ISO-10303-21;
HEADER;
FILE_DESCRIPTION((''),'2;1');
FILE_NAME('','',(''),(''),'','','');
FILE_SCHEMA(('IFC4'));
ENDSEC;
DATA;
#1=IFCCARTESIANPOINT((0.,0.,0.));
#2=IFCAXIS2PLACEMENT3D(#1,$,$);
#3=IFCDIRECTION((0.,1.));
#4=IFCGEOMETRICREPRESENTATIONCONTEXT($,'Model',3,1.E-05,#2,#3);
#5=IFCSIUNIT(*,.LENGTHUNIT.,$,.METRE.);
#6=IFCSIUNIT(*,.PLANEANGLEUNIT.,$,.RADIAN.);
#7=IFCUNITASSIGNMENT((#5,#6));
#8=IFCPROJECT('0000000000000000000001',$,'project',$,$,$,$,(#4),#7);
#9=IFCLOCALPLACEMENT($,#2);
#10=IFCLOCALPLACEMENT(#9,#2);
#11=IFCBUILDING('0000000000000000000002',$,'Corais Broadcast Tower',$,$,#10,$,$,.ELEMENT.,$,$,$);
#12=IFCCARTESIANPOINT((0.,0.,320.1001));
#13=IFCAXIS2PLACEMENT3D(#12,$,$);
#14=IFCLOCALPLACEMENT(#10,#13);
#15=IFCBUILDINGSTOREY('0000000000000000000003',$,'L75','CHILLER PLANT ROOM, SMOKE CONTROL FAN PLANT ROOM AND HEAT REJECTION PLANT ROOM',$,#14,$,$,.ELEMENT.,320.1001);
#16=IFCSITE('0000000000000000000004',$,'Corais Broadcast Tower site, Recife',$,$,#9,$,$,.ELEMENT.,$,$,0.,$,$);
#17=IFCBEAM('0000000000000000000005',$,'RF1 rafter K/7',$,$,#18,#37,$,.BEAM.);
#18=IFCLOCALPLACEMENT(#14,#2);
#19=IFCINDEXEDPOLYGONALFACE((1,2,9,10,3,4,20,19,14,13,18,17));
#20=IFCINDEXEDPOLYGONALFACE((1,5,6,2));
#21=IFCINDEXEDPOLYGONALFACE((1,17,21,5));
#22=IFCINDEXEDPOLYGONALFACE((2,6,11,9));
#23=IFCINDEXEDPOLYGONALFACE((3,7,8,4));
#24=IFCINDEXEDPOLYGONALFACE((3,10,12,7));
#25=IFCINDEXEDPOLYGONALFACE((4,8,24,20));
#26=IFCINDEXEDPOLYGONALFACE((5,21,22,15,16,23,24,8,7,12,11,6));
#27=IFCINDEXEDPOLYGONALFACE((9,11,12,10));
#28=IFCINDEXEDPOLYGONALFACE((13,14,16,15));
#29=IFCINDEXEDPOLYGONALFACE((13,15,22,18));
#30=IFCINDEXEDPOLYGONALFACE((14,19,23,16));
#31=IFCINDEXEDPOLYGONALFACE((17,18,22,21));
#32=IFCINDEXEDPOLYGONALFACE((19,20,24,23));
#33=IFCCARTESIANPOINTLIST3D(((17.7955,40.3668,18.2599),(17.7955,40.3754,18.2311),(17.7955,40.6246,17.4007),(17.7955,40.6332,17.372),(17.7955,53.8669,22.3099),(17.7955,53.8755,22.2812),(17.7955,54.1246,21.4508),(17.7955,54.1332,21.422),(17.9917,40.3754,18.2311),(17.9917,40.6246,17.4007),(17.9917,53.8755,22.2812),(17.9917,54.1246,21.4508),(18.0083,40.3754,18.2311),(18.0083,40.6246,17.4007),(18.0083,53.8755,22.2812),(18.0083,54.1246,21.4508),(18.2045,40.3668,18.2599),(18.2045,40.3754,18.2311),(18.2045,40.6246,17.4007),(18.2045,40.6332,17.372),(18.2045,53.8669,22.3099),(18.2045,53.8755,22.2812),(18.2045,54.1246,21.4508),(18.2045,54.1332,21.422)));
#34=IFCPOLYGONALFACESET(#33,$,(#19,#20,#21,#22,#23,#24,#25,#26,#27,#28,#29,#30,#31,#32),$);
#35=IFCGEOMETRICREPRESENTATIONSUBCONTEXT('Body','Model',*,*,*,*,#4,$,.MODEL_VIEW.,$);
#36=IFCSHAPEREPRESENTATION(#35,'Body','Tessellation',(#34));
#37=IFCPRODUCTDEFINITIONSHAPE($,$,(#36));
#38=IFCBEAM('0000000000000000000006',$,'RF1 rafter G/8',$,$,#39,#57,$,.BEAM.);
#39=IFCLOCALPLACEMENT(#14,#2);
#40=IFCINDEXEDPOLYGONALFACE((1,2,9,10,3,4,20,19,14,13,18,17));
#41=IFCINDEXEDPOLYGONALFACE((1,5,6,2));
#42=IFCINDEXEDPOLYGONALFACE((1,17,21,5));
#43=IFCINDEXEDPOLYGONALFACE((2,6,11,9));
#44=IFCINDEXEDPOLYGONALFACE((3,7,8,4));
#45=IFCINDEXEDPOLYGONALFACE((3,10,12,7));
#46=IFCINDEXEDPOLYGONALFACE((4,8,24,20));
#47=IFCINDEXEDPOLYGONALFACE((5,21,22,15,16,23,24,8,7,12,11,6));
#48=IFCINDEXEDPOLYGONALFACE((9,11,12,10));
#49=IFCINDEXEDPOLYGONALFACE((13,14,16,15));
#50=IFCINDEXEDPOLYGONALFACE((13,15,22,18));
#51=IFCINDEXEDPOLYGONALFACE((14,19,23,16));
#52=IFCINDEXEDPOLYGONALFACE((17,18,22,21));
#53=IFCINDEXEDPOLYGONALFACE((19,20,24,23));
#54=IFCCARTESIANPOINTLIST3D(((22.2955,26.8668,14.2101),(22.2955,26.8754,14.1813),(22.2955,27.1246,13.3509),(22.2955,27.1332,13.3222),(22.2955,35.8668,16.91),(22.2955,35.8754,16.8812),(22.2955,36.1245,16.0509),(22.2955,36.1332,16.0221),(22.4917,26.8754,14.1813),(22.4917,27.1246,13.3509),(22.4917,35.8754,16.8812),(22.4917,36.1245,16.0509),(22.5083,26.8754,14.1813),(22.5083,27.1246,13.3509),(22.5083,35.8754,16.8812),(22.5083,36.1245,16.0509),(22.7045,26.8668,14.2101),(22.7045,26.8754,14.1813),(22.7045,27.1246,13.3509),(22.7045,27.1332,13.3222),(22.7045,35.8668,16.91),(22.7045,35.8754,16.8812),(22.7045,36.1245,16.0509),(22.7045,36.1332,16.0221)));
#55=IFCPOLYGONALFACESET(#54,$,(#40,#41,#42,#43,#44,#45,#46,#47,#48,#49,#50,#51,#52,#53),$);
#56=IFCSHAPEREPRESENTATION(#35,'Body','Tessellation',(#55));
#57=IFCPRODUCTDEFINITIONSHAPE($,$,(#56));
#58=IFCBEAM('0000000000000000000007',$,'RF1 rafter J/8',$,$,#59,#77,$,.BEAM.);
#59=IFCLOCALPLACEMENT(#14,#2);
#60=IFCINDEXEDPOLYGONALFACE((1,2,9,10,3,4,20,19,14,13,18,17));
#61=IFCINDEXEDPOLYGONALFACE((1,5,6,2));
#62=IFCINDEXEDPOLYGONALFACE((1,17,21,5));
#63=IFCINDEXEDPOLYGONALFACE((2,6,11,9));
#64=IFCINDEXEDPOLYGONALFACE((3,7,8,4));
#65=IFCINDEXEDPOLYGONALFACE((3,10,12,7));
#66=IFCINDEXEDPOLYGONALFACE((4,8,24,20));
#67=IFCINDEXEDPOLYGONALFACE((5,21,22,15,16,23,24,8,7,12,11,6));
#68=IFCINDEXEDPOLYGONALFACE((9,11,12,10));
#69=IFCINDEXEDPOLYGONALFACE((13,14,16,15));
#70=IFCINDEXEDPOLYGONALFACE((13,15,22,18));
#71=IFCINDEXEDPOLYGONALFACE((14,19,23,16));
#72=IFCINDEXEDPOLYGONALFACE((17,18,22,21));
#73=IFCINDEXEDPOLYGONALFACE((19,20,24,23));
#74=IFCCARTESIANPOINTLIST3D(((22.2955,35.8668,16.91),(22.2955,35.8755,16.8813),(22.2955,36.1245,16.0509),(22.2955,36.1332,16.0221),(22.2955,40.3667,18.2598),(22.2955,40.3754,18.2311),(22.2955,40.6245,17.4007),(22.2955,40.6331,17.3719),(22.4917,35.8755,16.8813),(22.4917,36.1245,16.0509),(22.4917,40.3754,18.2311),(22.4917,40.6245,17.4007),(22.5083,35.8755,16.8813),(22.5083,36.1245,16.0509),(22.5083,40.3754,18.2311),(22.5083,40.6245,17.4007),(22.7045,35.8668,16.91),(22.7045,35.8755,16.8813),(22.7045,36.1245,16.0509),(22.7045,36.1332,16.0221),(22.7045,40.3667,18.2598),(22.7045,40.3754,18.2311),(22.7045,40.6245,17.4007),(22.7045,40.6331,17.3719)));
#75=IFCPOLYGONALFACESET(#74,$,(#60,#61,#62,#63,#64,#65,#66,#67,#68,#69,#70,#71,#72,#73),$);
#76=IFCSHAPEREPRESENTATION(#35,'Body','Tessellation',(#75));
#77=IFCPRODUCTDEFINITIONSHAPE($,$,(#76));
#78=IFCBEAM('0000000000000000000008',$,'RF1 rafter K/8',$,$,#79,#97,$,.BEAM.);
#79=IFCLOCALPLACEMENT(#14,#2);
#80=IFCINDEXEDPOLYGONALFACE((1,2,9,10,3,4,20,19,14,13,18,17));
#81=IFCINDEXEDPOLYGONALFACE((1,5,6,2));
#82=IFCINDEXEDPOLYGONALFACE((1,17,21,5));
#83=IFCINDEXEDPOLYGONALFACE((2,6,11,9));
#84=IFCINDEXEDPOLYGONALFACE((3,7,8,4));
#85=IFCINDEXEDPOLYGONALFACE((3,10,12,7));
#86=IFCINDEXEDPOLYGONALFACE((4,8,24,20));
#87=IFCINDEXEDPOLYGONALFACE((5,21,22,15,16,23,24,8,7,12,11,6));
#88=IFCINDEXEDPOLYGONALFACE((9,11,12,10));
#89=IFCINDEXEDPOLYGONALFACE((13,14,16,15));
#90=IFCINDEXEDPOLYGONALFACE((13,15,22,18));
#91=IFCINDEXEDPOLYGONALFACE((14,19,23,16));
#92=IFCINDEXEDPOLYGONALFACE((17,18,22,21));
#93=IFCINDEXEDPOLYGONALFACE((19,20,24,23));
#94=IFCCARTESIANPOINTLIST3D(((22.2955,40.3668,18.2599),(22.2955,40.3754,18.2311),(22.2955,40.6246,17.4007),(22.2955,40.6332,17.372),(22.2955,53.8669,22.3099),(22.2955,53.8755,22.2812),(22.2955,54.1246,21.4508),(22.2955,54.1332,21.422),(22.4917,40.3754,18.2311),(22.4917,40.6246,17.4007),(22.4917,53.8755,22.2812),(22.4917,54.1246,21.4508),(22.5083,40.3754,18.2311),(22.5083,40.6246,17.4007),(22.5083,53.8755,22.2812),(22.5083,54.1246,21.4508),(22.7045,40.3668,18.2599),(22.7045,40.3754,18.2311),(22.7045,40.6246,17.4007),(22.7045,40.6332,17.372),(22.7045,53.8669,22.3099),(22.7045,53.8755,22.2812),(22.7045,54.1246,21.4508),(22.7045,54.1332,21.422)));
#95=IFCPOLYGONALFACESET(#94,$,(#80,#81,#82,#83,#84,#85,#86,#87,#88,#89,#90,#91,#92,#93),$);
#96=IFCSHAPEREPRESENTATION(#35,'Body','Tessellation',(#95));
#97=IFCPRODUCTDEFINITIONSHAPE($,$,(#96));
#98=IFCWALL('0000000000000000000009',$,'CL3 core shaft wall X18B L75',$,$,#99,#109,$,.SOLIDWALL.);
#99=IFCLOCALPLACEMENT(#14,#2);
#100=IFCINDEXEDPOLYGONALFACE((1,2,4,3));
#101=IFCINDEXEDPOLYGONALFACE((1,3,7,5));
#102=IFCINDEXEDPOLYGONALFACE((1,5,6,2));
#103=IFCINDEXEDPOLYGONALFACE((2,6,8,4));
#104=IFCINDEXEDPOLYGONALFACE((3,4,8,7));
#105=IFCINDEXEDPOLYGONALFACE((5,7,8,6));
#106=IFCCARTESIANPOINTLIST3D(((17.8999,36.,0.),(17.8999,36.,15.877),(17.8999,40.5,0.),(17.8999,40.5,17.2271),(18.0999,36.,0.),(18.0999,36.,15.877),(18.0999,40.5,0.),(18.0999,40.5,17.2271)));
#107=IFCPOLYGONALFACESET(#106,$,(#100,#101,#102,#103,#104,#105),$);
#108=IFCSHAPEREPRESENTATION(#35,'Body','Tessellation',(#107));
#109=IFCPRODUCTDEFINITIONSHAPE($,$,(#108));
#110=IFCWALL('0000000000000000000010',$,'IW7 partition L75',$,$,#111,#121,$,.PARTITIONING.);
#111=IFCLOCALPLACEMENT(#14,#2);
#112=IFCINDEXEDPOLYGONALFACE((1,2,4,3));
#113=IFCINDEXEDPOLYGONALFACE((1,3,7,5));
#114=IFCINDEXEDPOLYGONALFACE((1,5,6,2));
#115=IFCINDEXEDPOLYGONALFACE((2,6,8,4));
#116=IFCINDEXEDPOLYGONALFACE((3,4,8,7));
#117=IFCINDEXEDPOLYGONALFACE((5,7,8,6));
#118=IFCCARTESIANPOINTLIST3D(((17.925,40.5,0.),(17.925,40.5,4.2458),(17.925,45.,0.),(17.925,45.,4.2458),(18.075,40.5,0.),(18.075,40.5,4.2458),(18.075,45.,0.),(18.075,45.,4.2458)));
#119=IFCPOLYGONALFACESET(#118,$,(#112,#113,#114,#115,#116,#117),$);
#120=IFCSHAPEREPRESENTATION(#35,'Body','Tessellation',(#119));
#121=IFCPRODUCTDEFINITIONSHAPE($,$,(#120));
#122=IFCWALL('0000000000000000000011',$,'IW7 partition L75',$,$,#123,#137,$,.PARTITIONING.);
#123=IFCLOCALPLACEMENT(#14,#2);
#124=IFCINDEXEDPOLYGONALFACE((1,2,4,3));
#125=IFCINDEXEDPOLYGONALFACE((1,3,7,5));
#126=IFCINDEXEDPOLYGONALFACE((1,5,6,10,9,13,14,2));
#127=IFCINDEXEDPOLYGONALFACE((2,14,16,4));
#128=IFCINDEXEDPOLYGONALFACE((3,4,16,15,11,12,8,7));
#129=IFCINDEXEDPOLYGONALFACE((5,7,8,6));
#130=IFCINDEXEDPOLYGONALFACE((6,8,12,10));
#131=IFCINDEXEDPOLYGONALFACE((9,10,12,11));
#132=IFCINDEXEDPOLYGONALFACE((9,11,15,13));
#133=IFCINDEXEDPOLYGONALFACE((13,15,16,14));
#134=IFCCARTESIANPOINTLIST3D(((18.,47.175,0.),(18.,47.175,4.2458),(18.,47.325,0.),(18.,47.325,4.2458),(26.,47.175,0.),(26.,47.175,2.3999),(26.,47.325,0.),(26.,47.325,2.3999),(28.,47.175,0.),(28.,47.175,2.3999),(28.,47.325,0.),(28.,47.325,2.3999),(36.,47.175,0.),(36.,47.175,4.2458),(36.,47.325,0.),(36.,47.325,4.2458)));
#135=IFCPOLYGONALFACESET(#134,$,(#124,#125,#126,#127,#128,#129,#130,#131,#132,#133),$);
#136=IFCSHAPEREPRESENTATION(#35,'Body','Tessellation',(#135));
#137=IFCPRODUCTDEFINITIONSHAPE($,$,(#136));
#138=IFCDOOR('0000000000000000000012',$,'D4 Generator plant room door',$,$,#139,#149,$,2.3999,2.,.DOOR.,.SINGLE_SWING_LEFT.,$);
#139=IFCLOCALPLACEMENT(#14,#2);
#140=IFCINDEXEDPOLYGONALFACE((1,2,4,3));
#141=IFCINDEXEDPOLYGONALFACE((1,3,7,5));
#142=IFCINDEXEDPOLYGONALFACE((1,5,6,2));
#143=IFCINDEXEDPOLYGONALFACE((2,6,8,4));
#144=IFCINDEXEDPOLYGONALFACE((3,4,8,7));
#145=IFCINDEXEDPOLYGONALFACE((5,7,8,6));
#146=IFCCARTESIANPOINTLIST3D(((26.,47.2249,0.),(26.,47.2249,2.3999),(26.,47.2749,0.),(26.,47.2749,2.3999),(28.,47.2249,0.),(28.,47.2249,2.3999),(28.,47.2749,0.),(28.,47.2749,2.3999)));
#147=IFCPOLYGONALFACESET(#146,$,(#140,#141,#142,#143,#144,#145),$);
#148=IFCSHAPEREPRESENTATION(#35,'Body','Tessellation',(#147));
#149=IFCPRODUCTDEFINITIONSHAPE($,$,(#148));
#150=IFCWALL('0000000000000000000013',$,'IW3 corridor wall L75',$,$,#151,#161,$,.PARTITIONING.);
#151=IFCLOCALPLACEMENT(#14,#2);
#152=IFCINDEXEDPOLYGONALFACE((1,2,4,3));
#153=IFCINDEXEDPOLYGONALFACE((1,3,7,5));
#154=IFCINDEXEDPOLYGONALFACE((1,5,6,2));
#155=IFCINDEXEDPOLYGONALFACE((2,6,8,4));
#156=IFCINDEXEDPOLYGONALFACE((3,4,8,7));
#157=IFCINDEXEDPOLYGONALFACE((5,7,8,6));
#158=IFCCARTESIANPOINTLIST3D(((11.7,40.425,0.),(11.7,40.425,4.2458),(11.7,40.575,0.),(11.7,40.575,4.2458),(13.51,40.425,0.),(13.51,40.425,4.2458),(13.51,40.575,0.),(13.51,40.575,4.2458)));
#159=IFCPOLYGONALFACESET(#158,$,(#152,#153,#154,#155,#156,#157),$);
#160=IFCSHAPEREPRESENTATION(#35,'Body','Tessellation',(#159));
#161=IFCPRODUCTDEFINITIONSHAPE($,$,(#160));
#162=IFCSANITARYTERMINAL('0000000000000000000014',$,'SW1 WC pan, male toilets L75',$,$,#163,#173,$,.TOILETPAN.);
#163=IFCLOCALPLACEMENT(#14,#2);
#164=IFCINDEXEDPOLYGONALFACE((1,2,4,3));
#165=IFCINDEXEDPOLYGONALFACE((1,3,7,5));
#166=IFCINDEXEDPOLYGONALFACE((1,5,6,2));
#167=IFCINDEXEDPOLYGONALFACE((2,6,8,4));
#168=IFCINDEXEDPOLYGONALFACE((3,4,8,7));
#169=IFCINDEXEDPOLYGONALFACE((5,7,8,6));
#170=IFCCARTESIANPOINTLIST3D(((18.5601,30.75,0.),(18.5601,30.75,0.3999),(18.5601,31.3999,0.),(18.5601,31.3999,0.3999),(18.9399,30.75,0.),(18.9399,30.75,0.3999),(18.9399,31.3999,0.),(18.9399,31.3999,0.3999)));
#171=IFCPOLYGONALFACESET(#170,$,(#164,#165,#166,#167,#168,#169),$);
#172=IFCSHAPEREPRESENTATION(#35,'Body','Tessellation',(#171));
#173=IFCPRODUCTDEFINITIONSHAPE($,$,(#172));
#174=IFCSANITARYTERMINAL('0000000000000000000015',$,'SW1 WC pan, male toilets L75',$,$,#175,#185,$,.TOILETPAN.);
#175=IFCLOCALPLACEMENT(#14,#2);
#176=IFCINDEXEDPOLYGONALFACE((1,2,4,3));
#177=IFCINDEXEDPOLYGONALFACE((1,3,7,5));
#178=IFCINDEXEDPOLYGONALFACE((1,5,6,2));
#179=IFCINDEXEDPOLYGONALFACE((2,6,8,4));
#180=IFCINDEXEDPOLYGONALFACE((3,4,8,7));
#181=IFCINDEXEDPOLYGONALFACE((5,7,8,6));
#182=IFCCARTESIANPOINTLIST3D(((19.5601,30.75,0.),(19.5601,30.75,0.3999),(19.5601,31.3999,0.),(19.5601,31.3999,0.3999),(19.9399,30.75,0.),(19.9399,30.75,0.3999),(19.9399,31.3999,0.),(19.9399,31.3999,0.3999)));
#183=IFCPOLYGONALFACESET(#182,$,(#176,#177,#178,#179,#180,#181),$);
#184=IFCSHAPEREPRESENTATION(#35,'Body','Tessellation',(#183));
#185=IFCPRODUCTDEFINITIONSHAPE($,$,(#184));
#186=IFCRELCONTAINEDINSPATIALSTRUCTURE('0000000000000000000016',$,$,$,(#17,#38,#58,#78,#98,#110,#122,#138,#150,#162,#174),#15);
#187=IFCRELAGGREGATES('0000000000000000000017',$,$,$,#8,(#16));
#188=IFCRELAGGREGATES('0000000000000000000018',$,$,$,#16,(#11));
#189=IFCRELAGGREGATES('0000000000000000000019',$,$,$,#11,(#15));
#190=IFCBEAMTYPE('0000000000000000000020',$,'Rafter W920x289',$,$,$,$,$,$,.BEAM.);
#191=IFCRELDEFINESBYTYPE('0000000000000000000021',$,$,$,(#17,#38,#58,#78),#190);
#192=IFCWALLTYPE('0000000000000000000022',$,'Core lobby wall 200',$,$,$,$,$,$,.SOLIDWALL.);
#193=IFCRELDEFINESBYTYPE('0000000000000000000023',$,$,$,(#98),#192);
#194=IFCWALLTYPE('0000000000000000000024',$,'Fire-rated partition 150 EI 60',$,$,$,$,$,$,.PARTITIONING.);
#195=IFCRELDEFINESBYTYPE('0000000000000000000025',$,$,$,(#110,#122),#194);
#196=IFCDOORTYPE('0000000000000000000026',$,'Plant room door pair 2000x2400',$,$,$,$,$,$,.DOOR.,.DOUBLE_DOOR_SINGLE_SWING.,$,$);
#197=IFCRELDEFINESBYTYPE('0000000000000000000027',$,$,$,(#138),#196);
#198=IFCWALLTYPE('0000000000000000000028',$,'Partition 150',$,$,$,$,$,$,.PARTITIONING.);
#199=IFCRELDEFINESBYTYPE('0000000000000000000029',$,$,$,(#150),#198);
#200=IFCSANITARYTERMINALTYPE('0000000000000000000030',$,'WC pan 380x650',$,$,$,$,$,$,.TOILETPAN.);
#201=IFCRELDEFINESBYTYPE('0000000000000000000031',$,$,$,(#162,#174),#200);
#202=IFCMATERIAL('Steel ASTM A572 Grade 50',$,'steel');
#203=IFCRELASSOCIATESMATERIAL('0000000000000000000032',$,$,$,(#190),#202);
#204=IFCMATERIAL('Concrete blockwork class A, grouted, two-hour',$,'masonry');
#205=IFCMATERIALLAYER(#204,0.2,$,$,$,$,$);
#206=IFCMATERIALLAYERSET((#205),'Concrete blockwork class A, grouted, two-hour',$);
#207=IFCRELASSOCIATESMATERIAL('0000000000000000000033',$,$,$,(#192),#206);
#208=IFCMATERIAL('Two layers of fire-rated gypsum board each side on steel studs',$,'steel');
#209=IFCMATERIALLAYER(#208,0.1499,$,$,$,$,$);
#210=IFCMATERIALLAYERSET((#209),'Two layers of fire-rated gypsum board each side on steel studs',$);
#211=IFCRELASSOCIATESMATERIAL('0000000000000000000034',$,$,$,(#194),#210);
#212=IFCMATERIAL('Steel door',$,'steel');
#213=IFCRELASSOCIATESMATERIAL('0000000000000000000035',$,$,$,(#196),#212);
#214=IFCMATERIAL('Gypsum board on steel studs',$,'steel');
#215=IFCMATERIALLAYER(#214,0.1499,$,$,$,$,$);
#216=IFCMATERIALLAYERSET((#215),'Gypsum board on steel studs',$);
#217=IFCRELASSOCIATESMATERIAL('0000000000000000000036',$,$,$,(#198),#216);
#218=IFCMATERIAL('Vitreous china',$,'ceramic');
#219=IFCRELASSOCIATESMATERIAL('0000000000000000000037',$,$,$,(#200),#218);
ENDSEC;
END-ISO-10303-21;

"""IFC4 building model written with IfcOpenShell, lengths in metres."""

from ifc_helpers import new_model, si_unit, direction, frame, frame_2d, origin, origin_2d, place, context, subcontext, project, spatial, polyline, rectangle, i_section, outline, extrude, material, layer, layer_set, material_profile, profile_set, type_object, element, fill, save


model = new_model("IFC4")

# Units and contexts
model_context = context("Model", 3, precision=1e-05, world=origin(), true_north=direction((0.0, 1.0)))
body_context = subcontext(model_context, "Body", "Model", "MODEL_VIEW")
ifc_project = project(units=[si_unit("LENGTHUNIT", "METRE"), si_unit("PLANEANGLEUNIT", "RADIAN")], contexts=[model_context])

# Site, building, storey
site_placement = place(None, origin())
site = spatial("IfcSite", under=ifc_project, at=site_placement, Name="Corais Broadcast Tower site, Recife", CompositionType="ELEMENT", RefElevation=0.0)
building_placement = place(site_placement, origin())
building = spatial("IfcBuilding", under=site, at=building_placement, Name="Corais Broadcast Tower", CompositionType="ELEMENT")
storey_placement = place(building_placement, frame((0.0, 0.0, 320.1001)))
storey = spatial("IfcBuildingStorey", under=building, at=storey_placement, Name="L75", Description="CHILLER PLANT ROOM, SMOKE CONTROL FAN PLANT ROOM AND HEAT REJECTION PLANT ROOM", CompositionType="ELEMENT", Elevation=320.1001)

# Beams
ifc_material_1 = material(Name="Steel ASTM A572 Grade 50", Category="steel")
ifc_material_profile_1 = material_profile(ifc_material_1, i_section(OverallWidth=0.4089, OverallDepth=0.927, WebThickness=0.0166, FlangeThickness=0.03, at=origin_2d()), Name="W920x289")
ifc_profile_set_1 = profile_set([ifc_material_profile_1], Name="Steel ASTM A572 Grade 50")
beam_type_1 = type_object("IfcBeamType", Name="Rafter W920x289", PredefinedType="BEAM", material=ifc_profile_set_1)
beam_1_placement = place(storey_placement, frame((18.0, 40.5, 17.8159), z_axis=(0.0, 0.957825, 0.287351), x_axis=(-1.0, 0.0, 0.0)))
element("IfcBeam", 1, at=beam_1_placement, inside=storey, type_object=beam_type_1, Name="RF1 rafter K/7", PredefinedType="BEAM", context=body_context, shape_type="SweptSolid", body=[
    extrude(i_section(OverallWidth=0.4089, OverallDepth=0.927, WebThickness=0.0166, FlangeThickness=0.03, at=origin_2d()), origin(), (0.0, 0.0, 1.0), 14.0945),
])
beam_2_placement = place(storey_placement, frame((22.5, 27.0, 13.7661), z_axis=(0.0, 0.957828, 0.287343), x_axis=(-1.0, 0.0, 0.0)))
element("IfcBeam", 2, at=beam_2_placement, inside=storey, type_object=beam_type_1, Name="RF1 rafter G/8", PredefinedType="BEAM", context=body_context, shape_type="SweptSolid", body=[
    extrude(i_section(OverallWidth=0.4089, OverallDepth=0.927, WebThickness=0.0166, FlangeThickness=0.03, at=origin_2d()), origin(), (0.0, 0.0, 1.0), 9.3962),
])
beam_3_placement = place(storey_placement, frame((22.5, 36.0, 16.4661), z_axis=(0.0, 0.957835, 0.287319), x_axis=(-1.0, 0.0, 0.0)))
element("IfcBeam", 3, at=beam_3_placement, inside=storey, type_object=beam_type_1, Name="RF1 rafter J/8", PredefinedType="BEAM", context=body_context, shape_type="SweptSolid", body=[
    extrude(i_section(OverallWidth=0.4089, OverallDepth=0.927, WebThickness=0.0166, FlangeThickness=0.03, at=origin_2d()), origin(), (0.0, 0.0, 1.0), 4.698),
])
beam_4_placement = place(storey_placement, frame((22.5, 40.5, 17.8159), z_axis=(0.0, 0.957825, 0.287351), x_axis=(-1.0, 0.0, 0.0)))
element("IfcBeam", 4, at=beam_4_placement, inside=storey, type_object=beam_type_1, Name="RF1 rafter K/8", PredefinedType="BEAM", context=body_context, shape_type="SweptSolid", body=[
    extrude(i_section(OverallWidth=0.4089, OverallDepth=0.927, WebThickness=0.0166, FlangeThickness=0.03, at=origin_2d()), origin(), (0.0, 0.0, 1.0), 14.0945),
])

# Walls
ifc_material_2 = material(Name="Concrete blockwork class A, grouted, two-hour", Category="masonry")
ifc_layer_1 = layer(ifc_material_2, 0.2)
ifc_layer_set_1 = layer_set([ifc_layer_1], Name="Concrete blockwork class A, grouted, two-hour")
wall_type_1 = type_object("IfcWallType", Name="Core lobby wall 200", PredefinedType="SOLIDWALL", material=ifc_layer_set_1)
wall_1_placement = place(storey_placement, frame((18.0, 36.0, 0.0), z_axis=(0.0, 0.0, 1.0), x_axis=(0.0, 1.0, 0.0)))
element("IfcWall", 5, at=wall_1_placement, inside=storey, type_object=wall_type_1, Name="CL3 core shaft wall X18B L75", PredefinedType="SOLIDWALL", context=body_context, shape_type="SweptSolid", body=[
    extrude(outline(polyline([(0.0, 0.0), (4.5, 0.0), (4.5, 17.2271), (0.0, 15.877), (0.0, 0.0)])), frame((0.0, 0.1001, 0.0), z_axis=(0.0, -1.0, 0.0), x_axis=(1.0, 0.0, 0.0)), (0.0, 0.0, 1.0), 0.2),
])
ifc_material_3 = material(Name="Two layers of fire-rated gypsum board each side on steel studs", Category="steel")
ifc_layer_2 = layer(ifc_material_3, 0.1499)
ifc_layer_set_2 = layer_set([ifc_layer_2], Name="Two layers of fire-rated gypsum board each side on steel studs")
wall_type_2 = type_object("IfcWallType", Name="Fire-rated partition 150 EI 60", PredefinedType="PARTITIONING", material=ifc_layer_set_2)
wall_2_placement = place(storey_placement, frame((18.0, 45.0, 0.0), z_axis=(0.0, 0.0, 1.0), x_axis=(0.0, -1.0, 0.0)))
element("IfcWall", 6, at=wall_2_placement, inside=storey, type_object=wall_type_2, Name="IW7 partition L75", PredefinedType="PARTITIONING", context=body_context, shape_type="SweptSolid", body=[
    extrude(rectangle(XDim=4.5, YDim=0.1499, at=frame_2d((2.25, 0.0))), origin(), (0.0, 0.0, 1.0), 4.2458),
])

# Wall, opening, door
wall_3_placement = place(storey_placement, frame((18.0, 47.25, 0.0), z_axis=(0.0, 0.0, 1.0), x_axis=(1.0, 0.0, 0.0)))
wall_3 = element("IfcWall", 7, at=wall_3_placement, inside=storey, type_object=wall_type_2, Name="IW7 partition L75", PredefinedType="PARTITIONING", context=body_context, shape_type="SweptSolid", body=[
    extrude(rectangle(XDim=18.0, YDim=0.1499, at=frame_2d((9.0, 0.0))), origin(), (0.0, 0.0, 1.0), 4.2458),
])
opening_placement = place(wall_3_placement, frame((8.0, 0.0, 0.0)))
opening = element("IfcOpeningElement", 8, at=opening_placement, cuts=wall_3, PredefinedType="OPENING", context=body_context, shape_type="SweptSolid", body=[
    extrude(rectangle(XDim=2.0, YDim=2.3999, at=frame_2d((1.0, 1.2))), frame((0.0, 0.085, 0.0), z_axis=(0.0, -1.0, 0.0), x_axis=(1.0, 0.0, 0.0)), (0.0, 0.0, 1.0), 0.1699),
])
ifc_material_4 = material(Name="Steel door", Category="steel")
door_type = type_object("IfcDoorType", Name="Plant room door pair 2000x2400", OperationType="DOUBLE_DOOR_SINGLE_SWING", PredefinedType="DOOR", material=ifc_material_4)
door_placement = place(opening_placement, origin())
door = element("IfcDoor", 9, at=door_placement, inside=storey, type_object=door_type, Name="D4 Generator plant room door", OperationType="SINGLE_SWING_LEFT", OverallHeight=2.3999, OverallWidth=2.0, PredefinedType="DOOR", context=body_context, shape_type="SweptSolid", body=[
    extrude(rectangle(XDim=2.0, YDim=2.3999, at=frame_2d((1.0, 1.2))), frame((0.0, 0.0249, 0.0), z_axis=(0.0, -1.0, 0.0), x_axis=(1.0, 0.0, 0.0)), (0.0, 0.0, 1.0), 0.05),
])
fill(opening, door)

# Wall
ifc_material_5 = material(Name="Gypsum board on steel studs", Category="steel")
ifc_layer_3 = layer(ifc_material_5, 0.1499)
ifc_layer_set_3 = layer_set([ifc_layer_3], Name="Gypsum board on steel studs")
wall_type_3 = type_object("IfcWallType", Name="Partition 150", PredefinedType="PARTITIONING", material=ifc_layer_set_3)
wall_4_placement = place(storey_placement, frame((13.51, 40.5, 0.0), z_axis=(0.0, 0.0, 1.0), x_axis=(-1.0, 0.0, 0.0)))
element("IfcWall", 10, at=wall_4_placement, inside=storey, type_object=wall_type_3, Name="IW3 corridor wall L75", PredefinedType="PARTITIONING", context=body_context, shape_type="SweptSolid", body=[
    extrude(rectangle(XDim=1.8101, YDim=0.1499, at=frame_2d((0.905, 0.0))), origin(), (0.0, 0.0, 1.0), 4.2458),
])

# Sanitary terminals
ifc_material_6 = material(Name="Vitreous china", Category="ceramic")
sanitary_terminal_type = type_object("IfcSanitaryTerminalType", Name="WC pan 380x650", PredefinedType="TOILETPAN", material=ifc_material_6)
for number, where, z_axis, x_axis, name in (
    (11, (18.75, 31.075, 0.0), (0.0, 0.0, 1.0), (1.0, 0.0, 0.0), "SW1 WC pan, male toilets L75"),
    (12, (19.75, 31.075, 0.0), (0.0, 0.0, 1.0), (1.0, 0.0, 0.0), "SW1 WC pan, male toilets L75"),
):
    element("IfcSanitaryTerminal", number, at=place(storey_placement, frame(where, z_axis=z_axis, x_axis=x_axis)), inside=storey, type_object=sanitary_terminal_type, Name=name, PredefinedType="TOILETPAN", context=body_context, shape_type="SweptSolid", body=[
        extrude(rectangle(XDim=0.3799, YDim=0.6499, at=origin_2d()), origin(), (0.0, 0.0, 1.0), 0.3999),
    ])

save(model, "model.ifc")
